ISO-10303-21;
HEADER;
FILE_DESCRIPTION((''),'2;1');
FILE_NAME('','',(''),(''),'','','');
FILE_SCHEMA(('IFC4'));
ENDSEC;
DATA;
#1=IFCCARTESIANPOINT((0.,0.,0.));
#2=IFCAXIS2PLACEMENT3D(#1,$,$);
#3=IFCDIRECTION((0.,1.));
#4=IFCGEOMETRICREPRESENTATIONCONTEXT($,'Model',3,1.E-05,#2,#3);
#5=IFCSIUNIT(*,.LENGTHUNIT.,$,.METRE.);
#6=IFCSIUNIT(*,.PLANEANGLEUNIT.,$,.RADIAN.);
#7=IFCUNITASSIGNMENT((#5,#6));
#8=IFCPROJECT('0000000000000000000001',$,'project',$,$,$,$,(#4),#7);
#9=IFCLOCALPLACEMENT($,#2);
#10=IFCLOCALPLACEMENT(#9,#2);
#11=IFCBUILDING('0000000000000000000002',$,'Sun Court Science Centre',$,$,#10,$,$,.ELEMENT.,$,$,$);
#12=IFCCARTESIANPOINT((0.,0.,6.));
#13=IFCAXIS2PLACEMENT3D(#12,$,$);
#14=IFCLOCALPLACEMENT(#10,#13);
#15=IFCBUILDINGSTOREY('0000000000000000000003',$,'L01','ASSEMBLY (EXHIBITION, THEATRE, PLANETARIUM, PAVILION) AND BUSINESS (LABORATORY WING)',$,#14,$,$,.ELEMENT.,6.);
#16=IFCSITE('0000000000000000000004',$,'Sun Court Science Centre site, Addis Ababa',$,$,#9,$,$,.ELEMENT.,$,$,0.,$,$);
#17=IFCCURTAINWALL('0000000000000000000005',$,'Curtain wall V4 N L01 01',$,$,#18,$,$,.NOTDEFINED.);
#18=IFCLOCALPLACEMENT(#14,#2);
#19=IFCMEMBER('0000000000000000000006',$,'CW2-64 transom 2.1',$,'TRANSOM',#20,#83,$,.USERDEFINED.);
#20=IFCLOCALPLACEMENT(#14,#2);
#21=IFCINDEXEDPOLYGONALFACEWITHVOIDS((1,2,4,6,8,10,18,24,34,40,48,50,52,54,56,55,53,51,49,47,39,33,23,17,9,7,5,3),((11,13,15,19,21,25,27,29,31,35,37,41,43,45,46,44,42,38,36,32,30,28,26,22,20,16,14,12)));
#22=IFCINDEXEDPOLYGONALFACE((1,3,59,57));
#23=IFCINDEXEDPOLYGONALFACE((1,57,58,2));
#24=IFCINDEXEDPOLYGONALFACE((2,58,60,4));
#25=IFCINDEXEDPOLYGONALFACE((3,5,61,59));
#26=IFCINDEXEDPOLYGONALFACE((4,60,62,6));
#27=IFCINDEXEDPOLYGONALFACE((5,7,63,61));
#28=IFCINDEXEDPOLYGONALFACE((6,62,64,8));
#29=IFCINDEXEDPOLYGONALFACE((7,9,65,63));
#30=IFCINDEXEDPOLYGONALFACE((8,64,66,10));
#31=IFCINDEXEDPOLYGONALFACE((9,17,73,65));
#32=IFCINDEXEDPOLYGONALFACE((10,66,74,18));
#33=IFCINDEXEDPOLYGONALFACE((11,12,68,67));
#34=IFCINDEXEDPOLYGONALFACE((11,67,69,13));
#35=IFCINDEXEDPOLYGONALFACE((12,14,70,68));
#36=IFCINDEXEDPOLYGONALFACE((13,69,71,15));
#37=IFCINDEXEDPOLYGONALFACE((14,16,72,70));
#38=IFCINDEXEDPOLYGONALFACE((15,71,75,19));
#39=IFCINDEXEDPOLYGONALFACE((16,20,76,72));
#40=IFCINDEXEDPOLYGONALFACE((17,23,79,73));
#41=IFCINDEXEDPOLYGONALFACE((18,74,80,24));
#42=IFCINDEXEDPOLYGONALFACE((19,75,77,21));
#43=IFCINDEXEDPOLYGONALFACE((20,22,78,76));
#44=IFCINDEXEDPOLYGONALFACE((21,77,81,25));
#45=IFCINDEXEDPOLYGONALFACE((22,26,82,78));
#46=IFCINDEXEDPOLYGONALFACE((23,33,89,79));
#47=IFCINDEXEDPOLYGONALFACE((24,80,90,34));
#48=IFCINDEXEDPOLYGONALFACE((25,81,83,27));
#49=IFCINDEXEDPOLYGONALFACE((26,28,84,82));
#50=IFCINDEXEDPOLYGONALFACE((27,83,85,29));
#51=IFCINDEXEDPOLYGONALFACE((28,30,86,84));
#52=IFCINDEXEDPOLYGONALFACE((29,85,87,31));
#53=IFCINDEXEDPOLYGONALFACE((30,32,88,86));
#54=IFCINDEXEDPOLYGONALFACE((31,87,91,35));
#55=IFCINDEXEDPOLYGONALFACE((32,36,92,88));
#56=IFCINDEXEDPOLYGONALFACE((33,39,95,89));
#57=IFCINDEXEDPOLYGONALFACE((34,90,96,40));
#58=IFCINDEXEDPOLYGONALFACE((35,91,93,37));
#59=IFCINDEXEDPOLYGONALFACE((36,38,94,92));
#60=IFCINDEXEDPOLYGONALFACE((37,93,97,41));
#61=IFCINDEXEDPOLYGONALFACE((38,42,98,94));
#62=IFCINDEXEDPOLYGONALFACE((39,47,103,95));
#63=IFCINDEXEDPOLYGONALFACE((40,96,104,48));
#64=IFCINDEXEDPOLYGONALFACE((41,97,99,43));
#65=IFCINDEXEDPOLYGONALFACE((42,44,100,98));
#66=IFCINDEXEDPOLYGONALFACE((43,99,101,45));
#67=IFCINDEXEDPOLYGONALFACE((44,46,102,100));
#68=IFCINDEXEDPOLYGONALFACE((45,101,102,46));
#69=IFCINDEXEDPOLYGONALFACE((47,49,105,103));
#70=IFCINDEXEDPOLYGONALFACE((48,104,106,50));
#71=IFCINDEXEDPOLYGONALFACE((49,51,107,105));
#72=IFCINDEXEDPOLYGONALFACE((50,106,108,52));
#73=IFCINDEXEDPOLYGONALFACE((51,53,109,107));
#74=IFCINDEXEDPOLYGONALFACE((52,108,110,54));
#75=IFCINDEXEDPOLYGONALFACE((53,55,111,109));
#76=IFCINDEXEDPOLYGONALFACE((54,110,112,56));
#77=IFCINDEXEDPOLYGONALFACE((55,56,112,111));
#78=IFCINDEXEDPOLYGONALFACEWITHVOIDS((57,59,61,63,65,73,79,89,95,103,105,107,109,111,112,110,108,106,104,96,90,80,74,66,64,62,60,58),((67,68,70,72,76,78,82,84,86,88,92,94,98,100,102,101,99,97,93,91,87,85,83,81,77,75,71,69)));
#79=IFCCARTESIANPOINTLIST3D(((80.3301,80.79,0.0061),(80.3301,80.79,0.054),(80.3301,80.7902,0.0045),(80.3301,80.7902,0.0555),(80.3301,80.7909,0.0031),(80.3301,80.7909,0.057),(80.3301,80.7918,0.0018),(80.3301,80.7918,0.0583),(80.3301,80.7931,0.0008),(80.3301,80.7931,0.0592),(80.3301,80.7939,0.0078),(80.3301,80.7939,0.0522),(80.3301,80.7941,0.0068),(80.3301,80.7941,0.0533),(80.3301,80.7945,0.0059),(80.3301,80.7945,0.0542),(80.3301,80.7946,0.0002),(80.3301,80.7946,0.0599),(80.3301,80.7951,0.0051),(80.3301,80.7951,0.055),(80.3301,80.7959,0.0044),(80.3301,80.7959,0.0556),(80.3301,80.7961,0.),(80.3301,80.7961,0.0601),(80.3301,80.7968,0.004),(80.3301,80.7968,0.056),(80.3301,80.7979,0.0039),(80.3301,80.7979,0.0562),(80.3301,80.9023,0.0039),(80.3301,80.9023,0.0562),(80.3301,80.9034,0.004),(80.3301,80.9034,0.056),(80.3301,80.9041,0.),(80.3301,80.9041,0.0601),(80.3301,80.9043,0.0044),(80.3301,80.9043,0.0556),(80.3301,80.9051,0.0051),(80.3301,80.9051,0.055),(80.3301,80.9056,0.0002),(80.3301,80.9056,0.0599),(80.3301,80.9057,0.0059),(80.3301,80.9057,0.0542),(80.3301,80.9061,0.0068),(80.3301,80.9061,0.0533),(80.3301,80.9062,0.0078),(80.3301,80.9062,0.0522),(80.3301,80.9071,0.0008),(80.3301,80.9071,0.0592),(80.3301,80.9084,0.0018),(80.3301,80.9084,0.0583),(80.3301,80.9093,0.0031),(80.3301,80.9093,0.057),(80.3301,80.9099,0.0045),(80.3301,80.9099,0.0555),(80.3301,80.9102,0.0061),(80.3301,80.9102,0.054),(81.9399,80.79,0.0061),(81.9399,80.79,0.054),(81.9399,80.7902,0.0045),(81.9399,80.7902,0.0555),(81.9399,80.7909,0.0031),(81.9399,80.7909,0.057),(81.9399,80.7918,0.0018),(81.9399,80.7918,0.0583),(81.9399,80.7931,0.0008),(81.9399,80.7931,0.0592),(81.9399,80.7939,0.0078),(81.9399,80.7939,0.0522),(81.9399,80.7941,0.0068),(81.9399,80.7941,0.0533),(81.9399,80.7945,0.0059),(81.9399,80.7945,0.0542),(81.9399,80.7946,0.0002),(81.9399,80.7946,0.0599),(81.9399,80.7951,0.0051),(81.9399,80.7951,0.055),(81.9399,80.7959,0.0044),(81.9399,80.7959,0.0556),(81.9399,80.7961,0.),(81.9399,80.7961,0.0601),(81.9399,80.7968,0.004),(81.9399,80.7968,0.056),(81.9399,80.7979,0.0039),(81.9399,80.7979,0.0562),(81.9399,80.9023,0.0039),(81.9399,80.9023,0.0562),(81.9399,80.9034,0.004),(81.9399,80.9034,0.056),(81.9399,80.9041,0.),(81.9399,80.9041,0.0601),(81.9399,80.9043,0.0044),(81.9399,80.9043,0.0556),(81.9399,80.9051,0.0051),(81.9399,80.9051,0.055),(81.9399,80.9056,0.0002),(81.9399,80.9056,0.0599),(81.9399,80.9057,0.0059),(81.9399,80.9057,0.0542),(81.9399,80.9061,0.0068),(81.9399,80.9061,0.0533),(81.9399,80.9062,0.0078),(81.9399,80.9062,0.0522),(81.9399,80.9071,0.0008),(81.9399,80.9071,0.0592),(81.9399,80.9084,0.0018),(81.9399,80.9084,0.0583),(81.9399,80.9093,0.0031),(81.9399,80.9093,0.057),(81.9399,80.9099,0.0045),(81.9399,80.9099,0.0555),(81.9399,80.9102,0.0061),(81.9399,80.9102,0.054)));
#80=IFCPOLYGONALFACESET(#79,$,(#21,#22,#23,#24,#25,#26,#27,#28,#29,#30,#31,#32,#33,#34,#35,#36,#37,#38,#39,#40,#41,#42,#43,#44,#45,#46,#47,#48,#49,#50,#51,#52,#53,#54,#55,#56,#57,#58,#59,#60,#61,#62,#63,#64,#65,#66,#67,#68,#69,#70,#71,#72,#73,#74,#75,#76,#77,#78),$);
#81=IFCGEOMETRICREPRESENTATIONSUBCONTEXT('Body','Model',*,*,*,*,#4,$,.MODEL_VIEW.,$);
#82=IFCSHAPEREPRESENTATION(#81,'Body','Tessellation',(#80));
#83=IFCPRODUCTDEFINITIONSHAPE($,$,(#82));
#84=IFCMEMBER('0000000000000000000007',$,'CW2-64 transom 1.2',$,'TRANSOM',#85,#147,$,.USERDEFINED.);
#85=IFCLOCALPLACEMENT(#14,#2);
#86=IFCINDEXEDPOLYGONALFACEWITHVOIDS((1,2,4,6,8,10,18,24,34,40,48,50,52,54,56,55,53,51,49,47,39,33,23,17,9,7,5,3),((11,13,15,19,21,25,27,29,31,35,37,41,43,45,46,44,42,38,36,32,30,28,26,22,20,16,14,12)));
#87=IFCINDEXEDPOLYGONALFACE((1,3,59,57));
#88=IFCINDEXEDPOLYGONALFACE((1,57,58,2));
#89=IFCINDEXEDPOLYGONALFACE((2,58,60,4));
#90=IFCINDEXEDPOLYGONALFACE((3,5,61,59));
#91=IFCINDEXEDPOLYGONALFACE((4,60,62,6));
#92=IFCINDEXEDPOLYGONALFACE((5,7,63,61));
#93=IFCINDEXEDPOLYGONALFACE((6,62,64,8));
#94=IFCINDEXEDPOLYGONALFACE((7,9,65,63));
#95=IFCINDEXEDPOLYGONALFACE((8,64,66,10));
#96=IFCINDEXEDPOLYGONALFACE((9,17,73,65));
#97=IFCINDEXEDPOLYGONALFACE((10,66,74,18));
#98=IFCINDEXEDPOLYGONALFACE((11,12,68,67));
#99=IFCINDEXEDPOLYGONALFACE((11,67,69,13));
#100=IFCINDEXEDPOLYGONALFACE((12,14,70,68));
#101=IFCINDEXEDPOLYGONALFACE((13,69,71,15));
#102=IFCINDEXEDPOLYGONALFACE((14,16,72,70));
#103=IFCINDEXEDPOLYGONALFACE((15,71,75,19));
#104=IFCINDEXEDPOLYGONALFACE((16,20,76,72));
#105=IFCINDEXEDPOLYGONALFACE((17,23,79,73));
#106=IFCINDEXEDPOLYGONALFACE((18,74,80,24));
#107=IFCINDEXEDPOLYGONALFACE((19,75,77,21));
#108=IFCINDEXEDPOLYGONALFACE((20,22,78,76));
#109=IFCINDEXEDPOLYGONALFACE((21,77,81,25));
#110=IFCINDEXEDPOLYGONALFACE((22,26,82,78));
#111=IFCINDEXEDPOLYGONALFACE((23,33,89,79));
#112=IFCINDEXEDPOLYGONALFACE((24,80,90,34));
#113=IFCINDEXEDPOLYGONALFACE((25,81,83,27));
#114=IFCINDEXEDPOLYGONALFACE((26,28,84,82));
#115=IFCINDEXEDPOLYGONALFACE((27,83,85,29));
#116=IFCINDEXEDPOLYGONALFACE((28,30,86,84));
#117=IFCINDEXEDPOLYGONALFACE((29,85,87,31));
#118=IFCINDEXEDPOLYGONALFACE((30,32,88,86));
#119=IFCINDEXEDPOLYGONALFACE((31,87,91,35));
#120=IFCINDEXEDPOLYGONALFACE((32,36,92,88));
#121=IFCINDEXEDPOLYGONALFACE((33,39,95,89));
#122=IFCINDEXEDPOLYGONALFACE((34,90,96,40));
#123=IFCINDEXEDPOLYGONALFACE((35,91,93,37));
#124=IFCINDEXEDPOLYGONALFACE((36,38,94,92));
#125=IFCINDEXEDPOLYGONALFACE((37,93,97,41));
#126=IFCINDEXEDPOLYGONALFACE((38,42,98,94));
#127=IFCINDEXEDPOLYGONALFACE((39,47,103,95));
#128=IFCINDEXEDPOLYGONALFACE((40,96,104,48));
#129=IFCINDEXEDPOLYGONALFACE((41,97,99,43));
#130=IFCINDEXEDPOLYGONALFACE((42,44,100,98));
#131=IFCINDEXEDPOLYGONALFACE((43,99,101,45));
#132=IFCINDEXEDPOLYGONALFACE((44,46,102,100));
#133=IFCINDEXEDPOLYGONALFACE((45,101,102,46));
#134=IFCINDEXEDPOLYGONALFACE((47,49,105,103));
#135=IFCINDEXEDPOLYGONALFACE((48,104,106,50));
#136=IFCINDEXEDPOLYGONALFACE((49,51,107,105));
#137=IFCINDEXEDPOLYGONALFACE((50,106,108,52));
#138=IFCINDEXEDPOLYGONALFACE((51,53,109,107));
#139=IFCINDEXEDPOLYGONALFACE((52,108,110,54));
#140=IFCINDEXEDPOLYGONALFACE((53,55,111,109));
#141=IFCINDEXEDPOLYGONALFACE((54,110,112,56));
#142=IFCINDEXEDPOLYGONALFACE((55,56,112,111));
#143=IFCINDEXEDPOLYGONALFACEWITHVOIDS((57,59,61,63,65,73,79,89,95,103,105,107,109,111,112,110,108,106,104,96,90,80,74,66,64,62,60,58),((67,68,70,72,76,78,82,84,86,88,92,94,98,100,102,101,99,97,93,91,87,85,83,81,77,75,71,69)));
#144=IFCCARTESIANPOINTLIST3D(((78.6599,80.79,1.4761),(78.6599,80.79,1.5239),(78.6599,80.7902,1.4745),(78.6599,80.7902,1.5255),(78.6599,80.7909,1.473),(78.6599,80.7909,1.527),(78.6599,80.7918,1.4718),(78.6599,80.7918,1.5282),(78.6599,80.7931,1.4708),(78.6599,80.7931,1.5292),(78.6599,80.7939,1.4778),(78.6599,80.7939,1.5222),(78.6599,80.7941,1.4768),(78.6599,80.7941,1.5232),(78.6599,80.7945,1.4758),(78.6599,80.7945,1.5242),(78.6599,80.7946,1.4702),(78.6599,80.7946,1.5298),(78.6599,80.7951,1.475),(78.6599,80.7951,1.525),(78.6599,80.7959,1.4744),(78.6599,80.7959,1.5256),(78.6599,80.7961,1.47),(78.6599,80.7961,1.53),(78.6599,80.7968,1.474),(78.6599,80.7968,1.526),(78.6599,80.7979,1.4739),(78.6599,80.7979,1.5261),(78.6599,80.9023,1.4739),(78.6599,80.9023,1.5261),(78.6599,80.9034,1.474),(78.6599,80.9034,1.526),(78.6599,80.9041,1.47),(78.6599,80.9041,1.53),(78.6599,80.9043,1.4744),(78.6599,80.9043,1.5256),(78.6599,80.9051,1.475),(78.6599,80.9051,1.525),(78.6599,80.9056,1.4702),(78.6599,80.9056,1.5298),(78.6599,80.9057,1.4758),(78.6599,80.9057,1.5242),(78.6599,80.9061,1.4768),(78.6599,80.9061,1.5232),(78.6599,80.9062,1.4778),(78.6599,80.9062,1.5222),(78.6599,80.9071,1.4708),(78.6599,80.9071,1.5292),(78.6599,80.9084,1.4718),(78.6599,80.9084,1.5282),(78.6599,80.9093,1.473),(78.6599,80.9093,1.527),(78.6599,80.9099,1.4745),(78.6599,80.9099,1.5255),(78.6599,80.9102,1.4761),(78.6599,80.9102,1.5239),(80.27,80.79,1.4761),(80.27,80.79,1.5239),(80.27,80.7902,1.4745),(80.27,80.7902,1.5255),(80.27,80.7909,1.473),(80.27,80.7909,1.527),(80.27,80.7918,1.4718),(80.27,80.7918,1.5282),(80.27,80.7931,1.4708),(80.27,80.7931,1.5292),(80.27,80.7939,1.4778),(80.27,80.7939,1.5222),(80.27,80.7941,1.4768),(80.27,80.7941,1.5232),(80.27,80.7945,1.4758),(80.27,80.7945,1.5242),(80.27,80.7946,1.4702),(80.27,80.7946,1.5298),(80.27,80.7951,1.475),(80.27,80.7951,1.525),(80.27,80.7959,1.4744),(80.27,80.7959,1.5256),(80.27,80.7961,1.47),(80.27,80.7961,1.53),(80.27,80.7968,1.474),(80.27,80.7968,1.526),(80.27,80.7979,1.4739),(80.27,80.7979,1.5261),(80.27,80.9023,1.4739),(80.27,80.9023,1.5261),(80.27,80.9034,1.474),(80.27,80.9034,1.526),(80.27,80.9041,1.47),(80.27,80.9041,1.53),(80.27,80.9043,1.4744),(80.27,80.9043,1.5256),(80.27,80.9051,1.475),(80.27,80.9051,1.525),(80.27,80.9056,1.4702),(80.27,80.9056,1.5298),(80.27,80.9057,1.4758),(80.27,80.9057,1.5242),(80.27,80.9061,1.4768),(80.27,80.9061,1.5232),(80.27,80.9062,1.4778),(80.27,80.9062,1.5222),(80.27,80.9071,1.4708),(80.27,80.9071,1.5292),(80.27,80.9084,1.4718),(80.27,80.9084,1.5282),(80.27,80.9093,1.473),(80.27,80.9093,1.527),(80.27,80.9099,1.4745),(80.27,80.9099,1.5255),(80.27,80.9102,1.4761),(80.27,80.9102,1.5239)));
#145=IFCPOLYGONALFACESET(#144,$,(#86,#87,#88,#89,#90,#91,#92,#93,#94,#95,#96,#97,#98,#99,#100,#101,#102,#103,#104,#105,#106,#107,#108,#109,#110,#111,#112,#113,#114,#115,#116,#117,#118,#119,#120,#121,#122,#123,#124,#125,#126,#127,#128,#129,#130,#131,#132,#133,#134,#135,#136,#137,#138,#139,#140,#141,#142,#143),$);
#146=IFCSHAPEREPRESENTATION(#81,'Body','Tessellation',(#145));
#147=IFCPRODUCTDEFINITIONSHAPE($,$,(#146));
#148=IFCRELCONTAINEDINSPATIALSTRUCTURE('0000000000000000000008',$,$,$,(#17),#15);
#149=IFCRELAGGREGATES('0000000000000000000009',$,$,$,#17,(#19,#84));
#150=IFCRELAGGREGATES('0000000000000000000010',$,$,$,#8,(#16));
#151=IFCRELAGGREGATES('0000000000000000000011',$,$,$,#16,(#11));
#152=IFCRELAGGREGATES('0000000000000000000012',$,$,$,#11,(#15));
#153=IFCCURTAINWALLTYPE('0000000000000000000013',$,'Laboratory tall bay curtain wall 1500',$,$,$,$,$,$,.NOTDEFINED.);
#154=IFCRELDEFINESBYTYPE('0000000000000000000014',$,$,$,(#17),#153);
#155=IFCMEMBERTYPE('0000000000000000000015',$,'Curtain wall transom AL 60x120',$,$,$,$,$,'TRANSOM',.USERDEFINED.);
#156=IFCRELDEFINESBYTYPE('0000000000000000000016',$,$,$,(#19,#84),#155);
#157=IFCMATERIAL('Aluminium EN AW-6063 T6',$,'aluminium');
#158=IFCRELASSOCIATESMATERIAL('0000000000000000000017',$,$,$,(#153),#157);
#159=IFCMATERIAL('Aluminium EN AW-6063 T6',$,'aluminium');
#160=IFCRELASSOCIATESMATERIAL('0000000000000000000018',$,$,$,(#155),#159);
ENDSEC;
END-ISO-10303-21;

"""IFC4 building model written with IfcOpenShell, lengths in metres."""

from ifc_helpers import new_model, si_unit, direction, frame, origin, origin_2d, place, context, subcontext, project, spatial, hollow_rectangle, extrude, material, material_profile, profile_set, type_object, element, aggregate, save


model = new_model("IFC4")

# Units and contexts
model_context = context("Model", 3, precision=1e-05, world=origin(), true_north=direction((0.0, 1.0)))
body_context = subcontext(model_context, "Body", "Model", "MODEL_VIEW")
ifc_project = project(units=[si_unit("LENGTHUNIT", "METRE"), si_unit("PLANEANGLEUNIT", "RADIAN")], contexts=[model_context])

# Site, building, storey
site_placement = place(None, origin())
site = spatial("IfcSite", under=ifc_project, at=site_placement, Name="Sun Court Science Centre site, Addis Ababa", CompositionType="ELEMENT", RefElevation=0.0)
building_placement = place(site_placement, origin())
building = spatial("IfcBuilding", under=site, at=building_placement, Name="Sun Court Science Centre", CompositionType="ELEMENT")
storey_placement = place(building_placement, frame((0.0, 0.0, 6.0)))
storey = spatial("IfcBuildingStorey", under=building, at=storey_placement, Name="L01", Description="ASSEMBLY (EXHIBITION, THEATRE, PLANETARIUM, PAVILION) AND BUSINESS (LABORATORY WING)", CompositionType="ELEMENT", Elevation=6.0)

# Curtain wall
ifc_material_1 = material(Name="Aluminium EN AW-6063 T6", Category="aluminium")
curtain_wall_type = type_object("IfcCurtainWallType", Name="Laboratory tall bay curtain wall 1500", PredefinedType="NOTDEFINED", material=ifc_material_1)
curtain_wall_1_placement = place(storey_placement, origin())
curtain_wall_1 = element("IfcCurtainWall", 1, at=curtain_wall_1_placement, inside=storey, type_object=curtain_wall_type, Name="Curtain wall V4 N L01 01", PredefinedType="NOTDEFINED")

# Members
ifc_material_2 = material(Name="Aluminium EN AW-6063 T6", Category="aluminium")
ifc_material_profile_1 = material_profile(ifc_material_2, hollow_rectangle(XDim=0.0601, YDim=0.1201, WallThickness=0.0039, InnerFilletRadius=0.0039, OuterFilletRadius=0.0061, at=origin_2d()), Name="AL 60x120x4")
ifc_profile_set_1 = profile_set([ifc_material_profile_1], Name="Aluminium EN AW-6063 T6")
member_type_1 = type_object("IfcMemberType", Name="Curtain wall transom AL 60x120", ElementType="TRANSOM", PredefinedType="USERDEFINED", material=ifc_profile_set_1)
member_1_placement = place(storey_placement, frame((80.3301, 80.8501, 0.03), z_axis=(1.0, 0.0, 0.0), x_axis=(0.0, 0.0, 1.0)))
member_1 = element("IfcMember", 2, at=member_1_placement, type_object=member_type_1, Name="CW2-64 transom 2.1", ObjectType="TRANSOM", PredefinedType="USERDEFINED", context=body_context, shape_type="SweptSolid", body=[
    extrude(hollow_rectangle(XDim=0.0601, YDim=0.1201, WallThickness=0.0039, InnerFilletRadius=0.0039, OuterFilletRadius=0.0061, at=origin_2d()), origin(), (0.0, 0.0, 1.0), 1.6099),
])
member_2_placement = place(storey_placement, frame((78.6599, 80.8501, 1.5), z_axis=(1.0, 0.0, 0.0), x_axis=(0.0, 0.0, 1.0)))
member_2 = element("IfcMember", 3, at=member_2_placement, type_object=member_type_1, Name="CW2-64 transom 1.2", ObjectType="TRANSOM", PredefinedType="USERDEFINED", context=body_context, shape_type="SweptSolid", body=[
    extrude(hollow_rectangle(XDim=0.0601, YDim=0.1201, WallThickness=0.0039, InnerFilletRadius=0.0039, OuterFilletRadius=0.0061, at=origin_2d()), origin(), (0.0, 0.0, 1.0), 1.6101),
])

aggregate(curtain_wall_1, [member_1, member_2])

save(model, "model.ifc")
